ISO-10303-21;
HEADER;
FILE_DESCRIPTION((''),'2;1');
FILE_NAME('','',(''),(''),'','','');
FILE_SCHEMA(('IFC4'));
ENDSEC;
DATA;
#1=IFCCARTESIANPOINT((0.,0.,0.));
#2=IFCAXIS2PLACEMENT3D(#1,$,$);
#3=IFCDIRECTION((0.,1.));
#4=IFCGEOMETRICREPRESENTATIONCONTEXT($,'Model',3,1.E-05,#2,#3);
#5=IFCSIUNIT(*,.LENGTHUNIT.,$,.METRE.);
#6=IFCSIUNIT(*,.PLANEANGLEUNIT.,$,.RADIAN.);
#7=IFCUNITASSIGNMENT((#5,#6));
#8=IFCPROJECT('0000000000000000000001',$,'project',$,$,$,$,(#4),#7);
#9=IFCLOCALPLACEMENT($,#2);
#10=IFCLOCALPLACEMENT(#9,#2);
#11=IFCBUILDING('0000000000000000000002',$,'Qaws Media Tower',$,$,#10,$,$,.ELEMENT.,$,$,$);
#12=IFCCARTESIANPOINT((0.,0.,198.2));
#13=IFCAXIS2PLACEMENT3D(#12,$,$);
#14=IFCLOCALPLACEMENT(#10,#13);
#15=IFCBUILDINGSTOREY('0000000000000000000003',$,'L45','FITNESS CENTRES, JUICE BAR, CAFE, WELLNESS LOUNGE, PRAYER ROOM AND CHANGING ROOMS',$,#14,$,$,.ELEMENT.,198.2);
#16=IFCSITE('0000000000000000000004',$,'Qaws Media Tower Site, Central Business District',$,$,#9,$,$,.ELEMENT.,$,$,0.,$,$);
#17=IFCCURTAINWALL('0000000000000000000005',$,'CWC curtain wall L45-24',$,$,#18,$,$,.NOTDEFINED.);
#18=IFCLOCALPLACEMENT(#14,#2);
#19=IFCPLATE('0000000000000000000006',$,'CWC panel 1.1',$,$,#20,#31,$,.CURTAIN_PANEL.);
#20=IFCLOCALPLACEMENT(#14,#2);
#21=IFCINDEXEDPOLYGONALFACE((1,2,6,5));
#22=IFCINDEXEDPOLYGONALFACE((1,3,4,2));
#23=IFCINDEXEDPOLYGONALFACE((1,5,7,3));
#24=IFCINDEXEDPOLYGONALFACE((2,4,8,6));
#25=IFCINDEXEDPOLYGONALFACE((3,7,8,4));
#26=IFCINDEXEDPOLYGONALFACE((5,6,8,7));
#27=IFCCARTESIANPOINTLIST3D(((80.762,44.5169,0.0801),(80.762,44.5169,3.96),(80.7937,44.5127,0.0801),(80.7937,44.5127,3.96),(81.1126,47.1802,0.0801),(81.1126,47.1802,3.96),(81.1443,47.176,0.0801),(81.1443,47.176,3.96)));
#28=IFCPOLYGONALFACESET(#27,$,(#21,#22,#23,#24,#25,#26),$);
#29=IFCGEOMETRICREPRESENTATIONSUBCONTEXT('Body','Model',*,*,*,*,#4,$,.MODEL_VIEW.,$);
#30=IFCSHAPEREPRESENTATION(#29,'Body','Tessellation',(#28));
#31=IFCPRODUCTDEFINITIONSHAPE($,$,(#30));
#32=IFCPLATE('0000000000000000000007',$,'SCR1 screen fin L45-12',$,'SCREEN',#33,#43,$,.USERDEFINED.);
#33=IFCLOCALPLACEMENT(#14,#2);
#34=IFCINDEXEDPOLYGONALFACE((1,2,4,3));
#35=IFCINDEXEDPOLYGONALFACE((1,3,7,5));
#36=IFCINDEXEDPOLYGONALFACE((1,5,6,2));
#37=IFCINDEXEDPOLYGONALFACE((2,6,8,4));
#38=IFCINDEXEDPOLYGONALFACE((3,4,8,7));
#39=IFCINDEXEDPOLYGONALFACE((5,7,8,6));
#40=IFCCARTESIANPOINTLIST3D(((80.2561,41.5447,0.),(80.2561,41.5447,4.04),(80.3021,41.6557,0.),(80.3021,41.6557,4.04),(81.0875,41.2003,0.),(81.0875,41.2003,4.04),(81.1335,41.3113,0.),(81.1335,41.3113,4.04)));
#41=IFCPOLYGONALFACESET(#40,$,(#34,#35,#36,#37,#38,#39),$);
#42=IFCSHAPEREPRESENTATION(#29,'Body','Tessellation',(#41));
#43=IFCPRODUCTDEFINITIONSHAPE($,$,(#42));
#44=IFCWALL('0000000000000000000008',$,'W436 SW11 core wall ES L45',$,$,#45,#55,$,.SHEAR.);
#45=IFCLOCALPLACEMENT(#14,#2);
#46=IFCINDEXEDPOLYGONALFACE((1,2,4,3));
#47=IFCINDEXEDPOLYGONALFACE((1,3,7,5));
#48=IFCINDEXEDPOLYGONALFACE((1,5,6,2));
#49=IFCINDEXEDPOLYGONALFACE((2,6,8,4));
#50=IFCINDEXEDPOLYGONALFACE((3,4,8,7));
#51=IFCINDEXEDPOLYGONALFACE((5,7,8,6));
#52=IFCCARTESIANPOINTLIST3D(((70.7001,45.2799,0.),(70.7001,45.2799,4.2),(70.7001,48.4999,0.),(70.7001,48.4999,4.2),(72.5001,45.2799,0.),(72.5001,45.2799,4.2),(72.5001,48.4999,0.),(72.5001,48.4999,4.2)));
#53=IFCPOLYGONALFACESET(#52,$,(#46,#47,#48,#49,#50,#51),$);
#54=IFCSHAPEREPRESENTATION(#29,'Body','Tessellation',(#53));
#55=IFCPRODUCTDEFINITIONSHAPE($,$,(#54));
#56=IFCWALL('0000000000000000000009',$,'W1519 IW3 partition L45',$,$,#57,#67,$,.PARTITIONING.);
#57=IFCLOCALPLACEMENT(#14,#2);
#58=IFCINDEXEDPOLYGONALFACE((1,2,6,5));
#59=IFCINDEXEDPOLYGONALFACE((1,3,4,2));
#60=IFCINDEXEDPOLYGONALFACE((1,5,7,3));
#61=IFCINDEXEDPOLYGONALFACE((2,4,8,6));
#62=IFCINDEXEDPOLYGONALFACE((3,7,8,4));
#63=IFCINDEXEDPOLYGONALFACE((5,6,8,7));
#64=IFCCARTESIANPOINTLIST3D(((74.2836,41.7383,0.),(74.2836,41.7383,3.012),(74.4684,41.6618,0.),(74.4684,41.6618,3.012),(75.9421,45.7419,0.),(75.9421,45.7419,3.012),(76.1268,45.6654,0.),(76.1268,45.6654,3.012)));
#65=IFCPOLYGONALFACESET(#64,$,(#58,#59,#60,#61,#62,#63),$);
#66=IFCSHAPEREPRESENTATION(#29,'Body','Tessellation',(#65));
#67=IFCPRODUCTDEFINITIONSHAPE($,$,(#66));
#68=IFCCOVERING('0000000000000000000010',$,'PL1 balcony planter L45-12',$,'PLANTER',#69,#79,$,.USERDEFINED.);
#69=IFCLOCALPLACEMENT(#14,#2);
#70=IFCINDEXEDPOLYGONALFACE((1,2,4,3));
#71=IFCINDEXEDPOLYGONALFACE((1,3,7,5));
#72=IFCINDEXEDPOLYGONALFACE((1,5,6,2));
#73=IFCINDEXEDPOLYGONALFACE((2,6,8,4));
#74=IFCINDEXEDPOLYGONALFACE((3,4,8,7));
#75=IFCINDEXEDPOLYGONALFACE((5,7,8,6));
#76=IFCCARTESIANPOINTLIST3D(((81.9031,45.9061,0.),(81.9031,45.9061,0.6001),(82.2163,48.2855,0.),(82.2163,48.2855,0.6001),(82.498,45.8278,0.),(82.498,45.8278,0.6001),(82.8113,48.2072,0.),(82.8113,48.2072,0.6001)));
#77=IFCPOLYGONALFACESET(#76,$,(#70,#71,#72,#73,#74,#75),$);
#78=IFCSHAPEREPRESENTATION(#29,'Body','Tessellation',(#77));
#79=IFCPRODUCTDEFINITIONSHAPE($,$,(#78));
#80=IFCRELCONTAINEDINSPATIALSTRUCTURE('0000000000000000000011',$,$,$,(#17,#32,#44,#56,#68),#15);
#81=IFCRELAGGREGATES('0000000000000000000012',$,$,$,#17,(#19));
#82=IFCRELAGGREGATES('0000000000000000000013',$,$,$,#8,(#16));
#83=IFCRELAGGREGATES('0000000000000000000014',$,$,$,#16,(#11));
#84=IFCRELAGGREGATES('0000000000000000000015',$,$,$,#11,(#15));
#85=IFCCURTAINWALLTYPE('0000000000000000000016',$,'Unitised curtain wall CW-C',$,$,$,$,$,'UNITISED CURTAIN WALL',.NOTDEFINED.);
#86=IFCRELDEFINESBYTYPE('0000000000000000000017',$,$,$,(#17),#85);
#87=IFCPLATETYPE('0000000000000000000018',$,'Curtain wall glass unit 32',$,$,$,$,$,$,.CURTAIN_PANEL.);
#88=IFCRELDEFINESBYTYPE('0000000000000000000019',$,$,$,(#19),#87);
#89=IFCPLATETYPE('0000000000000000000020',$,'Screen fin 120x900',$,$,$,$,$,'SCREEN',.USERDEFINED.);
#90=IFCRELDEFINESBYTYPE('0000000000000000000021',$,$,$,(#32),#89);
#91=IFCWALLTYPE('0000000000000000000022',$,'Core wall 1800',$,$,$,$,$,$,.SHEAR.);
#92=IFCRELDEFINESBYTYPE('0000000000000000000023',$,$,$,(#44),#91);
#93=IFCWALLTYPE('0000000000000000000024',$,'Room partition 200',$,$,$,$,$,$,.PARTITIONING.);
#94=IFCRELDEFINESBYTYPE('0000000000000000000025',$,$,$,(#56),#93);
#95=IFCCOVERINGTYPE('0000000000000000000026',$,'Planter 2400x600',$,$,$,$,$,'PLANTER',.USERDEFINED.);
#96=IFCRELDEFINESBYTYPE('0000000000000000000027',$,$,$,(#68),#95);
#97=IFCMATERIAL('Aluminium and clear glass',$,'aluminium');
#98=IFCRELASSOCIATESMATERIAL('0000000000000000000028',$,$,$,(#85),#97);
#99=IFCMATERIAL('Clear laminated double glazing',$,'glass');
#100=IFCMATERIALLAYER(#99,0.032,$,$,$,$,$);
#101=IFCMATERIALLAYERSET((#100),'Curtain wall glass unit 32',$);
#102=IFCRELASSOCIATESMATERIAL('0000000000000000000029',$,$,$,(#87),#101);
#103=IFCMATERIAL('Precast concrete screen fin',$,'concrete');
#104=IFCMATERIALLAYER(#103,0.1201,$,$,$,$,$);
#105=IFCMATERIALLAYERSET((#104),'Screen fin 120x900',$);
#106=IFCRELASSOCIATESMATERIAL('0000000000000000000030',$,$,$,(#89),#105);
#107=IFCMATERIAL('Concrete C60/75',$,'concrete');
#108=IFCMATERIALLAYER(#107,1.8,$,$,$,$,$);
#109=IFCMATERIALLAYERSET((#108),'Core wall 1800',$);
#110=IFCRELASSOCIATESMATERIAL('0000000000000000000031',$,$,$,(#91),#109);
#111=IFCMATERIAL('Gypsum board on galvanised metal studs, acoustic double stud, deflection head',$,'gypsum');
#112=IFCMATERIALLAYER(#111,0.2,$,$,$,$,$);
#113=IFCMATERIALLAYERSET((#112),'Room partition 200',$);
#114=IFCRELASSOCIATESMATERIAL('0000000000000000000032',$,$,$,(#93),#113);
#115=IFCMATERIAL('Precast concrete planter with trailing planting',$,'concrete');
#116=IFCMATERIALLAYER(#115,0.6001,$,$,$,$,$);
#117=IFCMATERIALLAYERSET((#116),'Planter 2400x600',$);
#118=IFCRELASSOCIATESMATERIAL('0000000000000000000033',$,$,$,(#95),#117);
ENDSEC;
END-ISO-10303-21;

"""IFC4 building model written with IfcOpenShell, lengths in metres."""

from ifc_helpers import new_model, si_unit, direction, frame, frame_2d, origin, origin_2d, place, context, subcontext, project, spatial, rectangle, extrude, material, layer, layer_set, type_object, element, aggregate, save


model = new_model("IFC4")

# Units and contexts
model_context = context("Model", 3, precision=1e-05, world=origin(), true_north=direction((0.0, 1.0)))
body_context = subcontext(model_context, "Body", "Model", "MODEL_VIEW")
ifc_project = project(units=[si_unit("LENGTHUNIT", "METRE"), si_unit("PLANEANGLEUNIT", "RADIAN")], contexts=[model_context])

# Site, building, storey
site_placement = place(None, origin())
site = spatial("IfcSite", under=ifc_project, at=site_placement, Name="Qaws Media Tower Site, Central Business District", CompositionType="ELEMENT", RefElevation=0.0)
building_placement = place(site_placement, origin())
building = spatial("IfcBuilding", under=site, at=building_placement, Name="Qaws Media Tower", CompositionType="ELEMENT")
storey_placement = place(building_placement, frame((0.0, 0.0, 198.2)))
storey = spatial("IfcBuildingStorey", under=building, at=storey_placement, Name="L45", Description="FITNESS CENTRES, JUICE BAR, CAFE, WELLNESS LOUNGE, PRAYER ROOM AND CHANGING ROOMS", CompositionType="ELEMENT", Elevation=198.2)

# Curtain wall
ifc_material_1 = material(Name="Aluminium and clear glass", Category="aluminium")
curtain_wall_type = type_object("IfcCurtainWallType", Name="Unitised curtain wall CW-C", ElementType="UNITISED CURTAIN WALL", PredefinedType="NOTDEFINED", material=ifc_material_1)
curtain_wall_1_placement = place(storey_placement, origin())
curtain_wall_1 = element("IfcCurtainWall", 1, at=curtain_wall_1_placement, inside=storey, type_object=curtain_wall_type, Name="CWC curtain wall L45-24", PredefinedType="NOTDEFINED")

# Plates
ifc_material_2 = material(Name="Clear laminated double glazing", Category="glass")
ifc_layer_1 = layer(ifc_material_2, 0.032)
ifc_layer_set_1 = layer_set([ifc_layer_1], Name="Curtain wall glass unit 32")
plate_type_1 = type_object("IfcPlateType", Name="Curtain wall glass unit 32", PredefinedType="CURTAIN_PANEL", material=ifc_layer_set_1)
plate_1_placement = place(storey_placement, frame((80.9531, 45.8464, 0.0801), z_axis=(0.0, 0.0, 1.0), x_axis=(0.130526, 0.991445, 0.0)))
plate_1 = element("IfcPlate", 2, at=plate_1_placement, type_object=plate_type_1, Name="CWC panel 1.1", PredefinedType="CURTAIN_PANEL", context=body_context, shape_type="SweptSolid", body=[
    extrude(rectangle(XDim=2.6863, YDim=0.032, at=origin_2d()), origin(), (0.0, 0.0, 1.0), 3.8799),
])
aggregate(curtain_wall_1, [plate_1])
ifc_material_3 = material(Name="Precast concrete screen fin", Category="concrete")
ifc_layer_2 = layer(ifc_material_3, 0.1201)
ifc_layer_set_2 = layer_set([ifc_layer_2], Name="Screen fin 120x900")
plate_type_2 = type_object("IfcPlateType", Name="Screen fin 120x900", ElementType="SCREEN", PredefinedType="USERDEFINED", material=ifc_layer_set_2)
plate_2_placement = place(storey_placement, frame((80.6948, 41.428, 0.0), z_axis=(0.0, 0.0, 1.0), x_axis=(0.92388, -0.382683, 0.0)))
element("IfcPlate", 3, at=plate_2_placement, inside=storey, type_object=plate_type_2, Name="SCR1 screen fin L45-12", ObjectType="SCREEN", PredefinedType="USERDEFINED", context=body_context, shape_type="SweptSolid", body=[
    extrude(rectangle(XDim=0.8999, YDim=0.1201, at=origin_2d()), origin(), (0.0, 0.0, 1.0), 4.04),
])

# Walls
ifc_material_4 = material(Name="Concrete C60/75", Category="concrete")
ifc_layer_3 = layer(ifc_material_4, 1.8)
ifc_layer_set_3 = layer_set([ifc_layer_3], Name="Core wall 1800")
wall_type_1 = type_object("IfcWallType", Name="Core wall 1800", PredefinedType="SHEAR", material=ifc_layer_set_3)
wall_1_placement = place(storey_placement, frame((71.6001, 45.28, 0.0), z_axis=(0.0, 0.0, 1.0), x_axis=(0.0, 1.0, 0.0)))
element("IfcWall", 4, at=wall_1_placement, inside=storey, type_object=wall_type_1, Name="W436 SW11 core wall ES L45", PredefinedType="SHEAR", context=body_context, shape_type="SweptSolid", body=[
    extrude(rectangle(XDim=3.22, YDim=1.8, at=frame_2d((1.6099, 0.0))), origin(), (0.0, 0.0, 1.0), 4.2),
])
ifc_material_5 = material(Name="Gypsum board on galvanised metal studs, acoustic double stud, deflection head", Category="gypsum")
ifc_layer_4 = layer(ifc_material_5, 0.2)
ifc_layer_set_4 = layer_set([ifc_layer_4], Name="Room partition 200")
wall_type_2 = type_object("IfcWallType", Name="Room partition 200", PredefinedType="PARTITIONING", material=ifc_layer_set_4)
wall_2_placement = place(storey_placement, frame((76.0344, 45.7036, 0.0), z_axis=(0.0, 0.0, 1.0), x_axis=(-0.382698, -0.923873, 0.0)))
element("IfcWall", 5, at=wall_2_placement, inside=storey, type_object=wall_type_2, Name="W1519 IW3 partition L45", PredefinedType="PARTITIONING", context=body_context, shape_type="SweptSolid", body=[
    extrude(rectangle(XDim=4.3335, YDim=0.2, at=frame_2d((2.1667, 0.0))), origin(), (0.0, 0.0, 1.0), 3.012),
])

# Covering
ifc_material_6 = material(Name="Precast concrete planter with trailing planting", Category="concrete")
ifc_layer_5 = layer(ifc_material_6, 0.6001)
ifc_layer_set_5 = layer_set([ifc_layer_5], Name="Planter 2400x600")
covering_type = type_object("IfcCoveringType", Name="Planter 2400x600", ElementType="PLANTER", PredefinedType="USERDEFINED", material=ifc_layer_set_5)
covering_placement = place(storey_placement, frame((82.3572, 47.0566, 0.0), z_axis=(0.0, 0.0, 1.0), x_axis=(0.130526, 0.991445, 0.0)))
element("IfcCovering", 6, at=covering_placement, inside=storey, type_object=covering_type, Name="PL1 balcony planter L45-12", ObjectType="PLANTER", PredefinedType="USERDEFINED", context=body_context, shape_type="SweptSolid", body=[
    extrude(rectangle(XDim=2.3999, YDim=0.6001, at=origin_2d()), origin(), (0.0, 0.0, 1.0), 0.6001),
])

save(model, "model.ifc")
